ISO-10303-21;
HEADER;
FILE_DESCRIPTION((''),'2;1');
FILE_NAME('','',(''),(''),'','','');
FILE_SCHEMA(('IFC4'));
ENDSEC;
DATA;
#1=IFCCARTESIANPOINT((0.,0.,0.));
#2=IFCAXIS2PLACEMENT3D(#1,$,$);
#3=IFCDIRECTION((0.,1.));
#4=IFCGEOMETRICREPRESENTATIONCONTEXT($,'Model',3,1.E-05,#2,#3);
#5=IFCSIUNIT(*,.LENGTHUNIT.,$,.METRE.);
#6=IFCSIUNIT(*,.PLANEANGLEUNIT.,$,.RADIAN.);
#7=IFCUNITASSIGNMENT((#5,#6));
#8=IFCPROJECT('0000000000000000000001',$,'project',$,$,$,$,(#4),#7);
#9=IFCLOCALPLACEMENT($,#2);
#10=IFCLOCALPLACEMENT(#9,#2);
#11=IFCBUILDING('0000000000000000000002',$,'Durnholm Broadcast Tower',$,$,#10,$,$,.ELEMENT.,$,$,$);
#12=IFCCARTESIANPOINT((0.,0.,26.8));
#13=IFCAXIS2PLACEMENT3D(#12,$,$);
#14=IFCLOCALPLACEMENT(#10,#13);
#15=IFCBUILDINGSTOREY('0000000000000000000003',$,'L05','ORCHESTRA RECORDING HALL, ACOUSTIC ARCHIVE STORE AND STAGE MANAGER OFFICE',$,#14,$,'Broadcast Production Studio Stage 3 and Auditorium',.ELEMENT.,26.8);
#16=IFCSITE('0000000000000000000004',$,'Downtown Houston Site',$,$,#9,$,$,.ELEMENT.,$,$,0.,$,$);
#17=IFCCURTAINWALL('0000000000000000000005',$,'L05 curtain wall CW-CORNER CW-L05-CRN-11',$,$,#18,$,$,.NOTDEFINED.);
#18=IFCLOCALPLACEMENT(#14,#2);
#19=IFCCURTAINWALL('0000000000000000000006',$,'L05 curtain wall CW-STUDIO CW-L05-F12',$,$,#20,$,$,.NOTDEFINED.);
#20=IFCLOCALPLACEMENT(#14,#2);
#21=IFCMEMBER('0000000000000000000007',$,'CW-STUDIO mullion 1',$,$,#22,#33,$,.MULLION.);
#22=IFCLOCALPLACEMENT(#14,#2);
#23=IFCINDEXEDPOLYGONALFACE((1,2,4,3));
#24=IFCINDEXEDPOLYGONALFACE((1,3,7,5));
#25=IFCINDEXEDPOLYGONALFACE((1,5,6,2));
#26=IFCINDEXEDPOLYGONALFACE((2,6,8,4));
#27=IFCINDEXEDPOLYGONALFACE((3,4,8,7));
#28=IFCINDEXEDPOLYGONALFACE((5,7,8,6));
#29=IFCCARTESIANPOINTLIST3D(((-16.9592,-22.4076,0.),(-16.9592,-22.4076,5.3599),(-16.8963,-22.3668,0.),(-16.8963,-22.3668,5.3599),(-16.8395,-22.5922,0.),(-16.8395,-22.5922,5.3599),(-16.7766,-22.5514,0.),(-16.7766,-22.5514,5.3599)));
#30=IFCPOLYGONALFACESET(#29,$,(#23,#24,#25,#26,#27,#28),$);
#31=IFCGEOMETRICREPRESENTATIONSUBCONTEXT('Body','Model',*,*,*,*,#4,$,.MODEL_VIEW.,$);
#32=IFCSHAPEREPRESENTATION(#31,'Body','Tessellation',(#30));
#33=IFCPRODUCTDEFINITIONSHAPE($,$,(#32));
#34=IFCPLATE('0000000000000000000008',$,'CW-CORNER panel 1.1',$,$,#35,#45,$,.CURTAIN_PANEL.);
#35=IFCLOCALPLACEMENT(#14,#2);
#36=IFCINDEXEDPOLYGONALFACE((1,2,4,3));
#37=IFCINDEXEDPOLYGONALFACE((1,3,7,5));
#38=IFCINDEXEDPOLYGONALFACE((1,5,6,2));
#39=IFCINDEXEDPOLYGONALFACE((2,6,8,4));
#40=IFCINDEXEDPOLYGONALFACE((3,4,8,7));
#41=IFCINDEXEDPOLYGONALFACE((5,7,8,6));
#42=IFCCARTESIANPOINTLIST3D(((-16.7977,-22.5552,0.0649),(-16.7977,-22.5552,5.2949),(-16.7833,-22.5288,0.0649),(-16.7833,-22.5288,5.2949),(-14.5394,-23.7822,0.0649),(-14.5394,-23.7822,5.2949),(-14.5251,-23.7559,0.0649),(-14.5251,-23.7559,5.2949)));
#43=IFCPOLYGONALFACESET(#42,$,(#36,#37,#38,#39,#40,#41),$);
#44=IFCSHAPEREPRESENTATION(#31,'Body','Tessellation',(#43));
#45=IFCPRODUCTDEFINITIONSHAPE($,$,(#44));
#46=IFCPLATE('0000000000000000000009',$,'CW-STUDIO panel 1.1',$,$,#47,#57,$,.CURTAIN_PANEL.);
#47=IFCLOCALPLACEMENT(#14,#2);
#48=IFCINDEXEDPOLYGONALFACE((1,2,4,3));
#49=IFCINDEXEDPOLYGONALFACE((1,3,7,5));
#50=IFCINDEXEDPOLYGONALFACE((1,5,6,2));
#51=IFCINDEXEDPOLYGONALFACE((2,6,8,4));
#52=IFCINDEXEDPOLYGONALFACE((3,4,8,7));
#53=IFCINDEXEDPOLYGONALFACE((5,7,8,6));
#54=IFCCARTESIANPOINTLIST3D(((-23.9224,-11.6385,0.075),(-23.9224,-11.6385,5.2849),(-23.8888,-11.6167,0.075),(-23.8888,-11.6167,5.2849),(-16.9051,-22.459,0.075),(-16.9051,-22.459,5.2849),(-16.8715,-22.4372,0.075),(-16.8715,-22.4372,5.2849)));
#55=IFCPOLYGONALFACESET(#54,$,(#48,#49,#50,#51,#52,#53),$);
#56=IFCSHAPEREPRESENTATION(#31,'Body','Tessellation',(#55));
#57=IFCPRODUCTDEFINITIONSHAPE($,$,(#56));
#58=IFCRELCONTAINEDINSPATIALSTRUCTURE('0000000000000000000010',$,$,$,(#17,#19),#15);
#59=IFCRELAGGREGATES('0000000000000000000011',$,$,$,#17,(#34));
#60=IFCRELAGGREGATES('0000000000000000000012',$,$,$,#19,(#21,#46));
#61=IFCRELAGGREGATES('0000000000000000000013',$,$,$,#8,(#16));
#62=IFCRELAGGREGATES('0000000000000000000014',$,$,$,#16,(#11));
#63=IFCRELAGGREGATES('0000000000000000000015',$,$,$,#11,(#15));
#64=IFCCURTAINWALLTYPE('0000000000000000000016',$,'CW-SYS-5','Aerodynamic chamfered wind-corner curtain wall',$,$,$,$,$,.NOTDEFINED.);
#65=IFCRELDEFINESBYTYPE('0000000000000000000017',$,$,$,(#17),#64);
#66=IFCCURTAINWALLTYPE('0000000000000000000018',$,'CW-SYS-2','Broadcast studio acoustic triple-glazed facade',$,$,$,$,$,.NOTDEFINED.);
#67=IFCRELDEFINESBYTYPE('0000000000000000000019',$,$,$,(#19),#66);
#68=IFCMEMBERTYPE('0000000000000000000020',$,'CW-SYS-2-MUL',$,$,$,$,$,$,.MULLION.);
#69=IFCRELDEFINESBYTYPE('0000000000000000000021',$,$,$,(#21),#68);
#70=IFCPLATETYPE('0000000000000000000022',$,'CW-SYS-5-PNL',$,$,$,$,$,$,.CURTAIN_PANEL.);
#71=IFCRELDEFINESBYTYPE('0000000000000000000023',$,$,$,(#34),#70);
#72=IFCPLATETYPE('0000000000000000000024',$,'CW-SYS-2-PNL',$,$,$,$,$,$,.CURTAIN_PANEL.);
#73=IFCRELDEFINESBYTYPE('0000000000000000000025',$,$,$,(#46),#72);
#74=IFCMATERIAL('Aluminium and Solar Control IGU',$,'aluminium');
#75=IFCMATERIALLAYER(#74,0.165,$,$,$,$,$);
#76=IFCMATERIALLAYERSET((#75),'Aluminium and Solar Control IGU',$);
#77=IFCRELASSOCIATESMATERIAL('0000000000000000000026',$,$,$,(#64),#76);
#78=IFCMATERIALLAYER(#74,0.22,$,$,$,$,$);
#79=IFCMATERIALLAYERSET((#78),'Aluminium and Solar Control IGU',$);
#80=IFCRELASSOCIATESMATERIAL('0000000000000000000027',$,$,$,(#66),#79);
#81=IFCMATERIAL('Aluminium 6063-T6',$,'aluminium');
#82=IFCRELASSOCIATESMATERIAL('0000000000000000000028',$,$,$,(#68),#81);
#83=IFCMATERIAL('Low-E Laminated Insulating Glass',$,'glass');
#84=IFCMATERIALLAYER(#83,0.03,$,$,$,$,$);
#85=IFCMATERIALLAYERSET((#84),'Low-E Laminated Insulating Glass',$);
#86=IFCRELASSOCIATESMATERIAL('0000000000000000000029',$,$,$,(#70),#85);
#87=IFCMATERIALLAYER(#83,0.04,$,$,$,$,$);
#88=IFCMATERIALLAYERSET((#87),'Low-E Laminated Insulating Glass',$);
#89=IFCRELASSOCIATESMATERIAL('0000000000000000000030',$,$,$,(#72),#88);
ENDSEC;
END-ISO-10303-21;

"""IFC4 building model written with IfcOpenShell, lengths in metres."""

from ifc_helpers import new_model, si_unit, direction, frame, origin, origin_2d, place, context, subcontext, project, spatial, rectangle, extrude, source, transform, mapped, material, layer, layer_set, material_profile, profile_set, type_object, type_shapes, element, aggregate, save


model = new_model("IFC4")

# Units and contexts
model_context = context("Model", 3, precision=1e-05, world=origin(), true_north=direction((0.0, 1.0)))
body_context = subcontext(model_context, "Body", "Model", "MODEL_VIEW")
ifc_project = project(units=[si_unit("LENGTHUNIT", "METRE"), si_unit("PLANEANGLEUNIT", "RADIAN")], contexts=[model_context])

# Site, building, storey
site_placement = place(None, origin())
site = spatial("IfcSite", under=ifc_project, at=site_placement, Name="Downtown Houston Site", CompositionType="ELEMENT", RefElevation=0.0)
building_placement = place(site_placement, origin())
building = spatial("IfcBuilding", under=site, at=building_placement, Name="Durnholm Broadcast Tower", CompositionType="ELEMENT")
storey_placement = place(building_placement, frame((0.0, 0.0, 26.8)))
storey = spatial("IfcBuildingStorey", under=building, at=storey_placement, Name="L05", Description="ORCHESTRA RECORDING HALL, ACOUSTIC ARCHIVE STORE AND STAGE MANAGER OFFICE", LongName="Broadcast Production Studio Stage 3 and Auditorium", CompositionType="ELEMENT", Elevation=26.8)

# Curtain walls
ifc_material_1 = material(Name="Aluminium and Solar Control IGU", Category="aluminium")
ifc_layer_1 = layer(ifc_material_1, 0.165)
ifc_layer_set_1 = layer_set([ifc_layer_1], Name="Aluminium and Solar Control IGU")
curtain_wall_type_1 = type_object("IfcCurtainWallType", Name="CW-SYS-5", Description="Aerodynamic chamfered wind-corner curtain wall", PredefinedType="NOTDEFINED", material=ifc_layer_set_1)
curtain_wall_1_placement = place(storey_placement, origin())
curtain_wall_1 = element("IfcCurtainWall", 1, at=curtain_wall_1_placement, inside=storey, type_object=curtain_wall_type_1, Name="L05 curtain wall CW-CORNER CW-L05-CRN-11", PredefinedType="NOTDEFINED")
ifc_material_2 = material(Name="Aluminium 6063-T6", Category="aluminium")
ifc_layer_2 = layer(ifc_material_1, 0.22)
ifc_layer_set_2 = layer_set([ifc_layer_2], Name="Aluminium and Solar Control IGU")
curtain_wall_type_2 = type_object("IfcCurtainWallType", Name="CW-SYS-2", Description="Broadcast studio acoustic triple-glazed facade", PredefinedType="NOTDEFINED", material=ifc_layer_set_2)
curtain_wall_2_placement = place(storey_placement, origin())
curtain_wall_2 = element("IfcCurtainWall", 2, at=curtain_wall_2_placement, inside=storey, type_object=curtain_wall_type_2, Name="L05 curtain wall CW-STUDIO CW-L05-F12", PredefinedType="NOTDEFINED")

# Member
ifc_material_profile_1 = material_profile(ifc_material_2, rectangle(XDim=0.075, YDim=0.22, at=origin_2d()), Name="CWM75X220")
ifc_profile_set_1 = profile_set([ifc_material_profile_1], Name="Aluminium 6063-T6")
member_type_1 = type_object("IfcMemberType", Name="CW-SYS-2-MUL", PredefinedType="MULLION", material=ifc_profile_set_1)
shared_shape_1 = source(origin(), body_context, "Body", "SweptSolid", [
    extrude(rectangle(XDim=0.075, YDim=0.22, at=origin_2d()), origin(), (0.0, 0.0, 1.0), 5.3599),
])
type_shapes(member_type_1, [shared_shape_1])
member_1_placement = place(storey_placement, frame((-16.8679, -22.4795, 0.0), z_axis=(0.0, 0.0, 1.0), x_axis=(-0.839009, -0.544117, 0.0)))
member_1 = element("IfcMember", 3, at=member_1_placement, type_object=member_type_1, Name="CW-STUDIO mullion 1", PredefinedType="MULLION", context=body_context, shape_type="MappedRepresentation", body=[
    mapped(shared_shape_1, transform((0.0, 0.0, 0.0), x_axis=(1.0, 0.0, 0.0), y_axis=(0.0, 1.0, 0.0), z_axis=(0.0, 0.0, 1.0), scale=1.0)),
])

# Plates
ifc_material_3 = material(Name="Low-E Laminated Insulating Glass", Category="glass")
ifc_layer_3 = layer(ifc_material_3, 0.03)
ifc_layer_set_3 = layer_set([ifc_layer_3], Name="Low-E Laminated Insulating Glass")
plate_type_1 = type_object("IfcPlateType", Name="CW-SYS-5-PNL", PredefinedType="CURTAIN_PANEL", material=ifc_layer_set_3)
shared_shape_2 = source(origin(), body_context, "Body", "SweptSolid", [
    extrude(rectangle(XDim=2.5701, YDim=0.03, at=origin_2d()), origin(), (0.0, 0.0, 1.0), 5.23),
])
type_shapes(plate_type_1, [shared_shape_2])
plate_1_placement = place(storey_placement, frame((-15.6614, -23.1555, 0.0649), z_axis=(0.0, 0.0, 1.0), x_axis=(-0.878663, 0.477442, 0.0)))
plate_1 = element("IfcPlate", 4, at=plate_1_placement, type_object=plate_type_1, Name="CW-CORNER panel 1.1", PredefinedType="CURTAIN_PANEL", context=body_context, shape_type="MappedRepresentation", body=[
    mapped(shared_shape_2, transform((0.0, 0.0, 0.0), x_axis=(1.0, 0.0, 0.0), y_axis=(0.0, 1.0, 0.0), z_axis=(0.0, 0.0, 1.0), scale=1.0)),
])
aggregate(curtain_wall_1, [plate_1])
ifc_layer_4 = layer(ifc_material_3, 0.04)
ifc_layer_set_4 = layer_set([ifc_layer_4], Name="Low-E Laminated Insulating Glass")
plate_type_2 = type_object("IfcPlateType", Name="CW-SYS-2-PNL", PredefinedType="CURTAIN_PANEL", material=ifc_layer_set_4)
shared_shape_3 = source(origin(), body_context, "Body", "SweptSolid", [
    extrude(rectangle(XDim=12.8967, YDim=0.04, at=origin_2d()), origin(), (0.0, 0.0, 1.0), 5.21),
])
type_shapes(plate_type_2, [shared_shape_3])
plate_2_placement = place(storey_placement, frame((-20.397, -17.0378, 0.075), z_axis=(0.0, 0.0, 1.0), x_axis=(-0.544117, 0.839009, 0.0)))
plate_2 = element("IfcPlate", 5, at=plate_2_placement, type_object=plate_type_2, Name="CW-STUDIO panel 1.1", PredefinedType="CURTAIN_PANEL", context=body_context, shape_type="MappedRepresentation", body=[
    mapped(shared_shape_3, transform((0.0, 0.0, 0.0), x_axis=(1.0, 0.0, 0.0), y_axis=(0.0, 1.0, 0.0), z_axis=(0.0, 0.0, 1.0), scale=1.0)),
])
aggregate(curtain_wall_2, [member_1, plate_2])

save(model, "model.ifc")
